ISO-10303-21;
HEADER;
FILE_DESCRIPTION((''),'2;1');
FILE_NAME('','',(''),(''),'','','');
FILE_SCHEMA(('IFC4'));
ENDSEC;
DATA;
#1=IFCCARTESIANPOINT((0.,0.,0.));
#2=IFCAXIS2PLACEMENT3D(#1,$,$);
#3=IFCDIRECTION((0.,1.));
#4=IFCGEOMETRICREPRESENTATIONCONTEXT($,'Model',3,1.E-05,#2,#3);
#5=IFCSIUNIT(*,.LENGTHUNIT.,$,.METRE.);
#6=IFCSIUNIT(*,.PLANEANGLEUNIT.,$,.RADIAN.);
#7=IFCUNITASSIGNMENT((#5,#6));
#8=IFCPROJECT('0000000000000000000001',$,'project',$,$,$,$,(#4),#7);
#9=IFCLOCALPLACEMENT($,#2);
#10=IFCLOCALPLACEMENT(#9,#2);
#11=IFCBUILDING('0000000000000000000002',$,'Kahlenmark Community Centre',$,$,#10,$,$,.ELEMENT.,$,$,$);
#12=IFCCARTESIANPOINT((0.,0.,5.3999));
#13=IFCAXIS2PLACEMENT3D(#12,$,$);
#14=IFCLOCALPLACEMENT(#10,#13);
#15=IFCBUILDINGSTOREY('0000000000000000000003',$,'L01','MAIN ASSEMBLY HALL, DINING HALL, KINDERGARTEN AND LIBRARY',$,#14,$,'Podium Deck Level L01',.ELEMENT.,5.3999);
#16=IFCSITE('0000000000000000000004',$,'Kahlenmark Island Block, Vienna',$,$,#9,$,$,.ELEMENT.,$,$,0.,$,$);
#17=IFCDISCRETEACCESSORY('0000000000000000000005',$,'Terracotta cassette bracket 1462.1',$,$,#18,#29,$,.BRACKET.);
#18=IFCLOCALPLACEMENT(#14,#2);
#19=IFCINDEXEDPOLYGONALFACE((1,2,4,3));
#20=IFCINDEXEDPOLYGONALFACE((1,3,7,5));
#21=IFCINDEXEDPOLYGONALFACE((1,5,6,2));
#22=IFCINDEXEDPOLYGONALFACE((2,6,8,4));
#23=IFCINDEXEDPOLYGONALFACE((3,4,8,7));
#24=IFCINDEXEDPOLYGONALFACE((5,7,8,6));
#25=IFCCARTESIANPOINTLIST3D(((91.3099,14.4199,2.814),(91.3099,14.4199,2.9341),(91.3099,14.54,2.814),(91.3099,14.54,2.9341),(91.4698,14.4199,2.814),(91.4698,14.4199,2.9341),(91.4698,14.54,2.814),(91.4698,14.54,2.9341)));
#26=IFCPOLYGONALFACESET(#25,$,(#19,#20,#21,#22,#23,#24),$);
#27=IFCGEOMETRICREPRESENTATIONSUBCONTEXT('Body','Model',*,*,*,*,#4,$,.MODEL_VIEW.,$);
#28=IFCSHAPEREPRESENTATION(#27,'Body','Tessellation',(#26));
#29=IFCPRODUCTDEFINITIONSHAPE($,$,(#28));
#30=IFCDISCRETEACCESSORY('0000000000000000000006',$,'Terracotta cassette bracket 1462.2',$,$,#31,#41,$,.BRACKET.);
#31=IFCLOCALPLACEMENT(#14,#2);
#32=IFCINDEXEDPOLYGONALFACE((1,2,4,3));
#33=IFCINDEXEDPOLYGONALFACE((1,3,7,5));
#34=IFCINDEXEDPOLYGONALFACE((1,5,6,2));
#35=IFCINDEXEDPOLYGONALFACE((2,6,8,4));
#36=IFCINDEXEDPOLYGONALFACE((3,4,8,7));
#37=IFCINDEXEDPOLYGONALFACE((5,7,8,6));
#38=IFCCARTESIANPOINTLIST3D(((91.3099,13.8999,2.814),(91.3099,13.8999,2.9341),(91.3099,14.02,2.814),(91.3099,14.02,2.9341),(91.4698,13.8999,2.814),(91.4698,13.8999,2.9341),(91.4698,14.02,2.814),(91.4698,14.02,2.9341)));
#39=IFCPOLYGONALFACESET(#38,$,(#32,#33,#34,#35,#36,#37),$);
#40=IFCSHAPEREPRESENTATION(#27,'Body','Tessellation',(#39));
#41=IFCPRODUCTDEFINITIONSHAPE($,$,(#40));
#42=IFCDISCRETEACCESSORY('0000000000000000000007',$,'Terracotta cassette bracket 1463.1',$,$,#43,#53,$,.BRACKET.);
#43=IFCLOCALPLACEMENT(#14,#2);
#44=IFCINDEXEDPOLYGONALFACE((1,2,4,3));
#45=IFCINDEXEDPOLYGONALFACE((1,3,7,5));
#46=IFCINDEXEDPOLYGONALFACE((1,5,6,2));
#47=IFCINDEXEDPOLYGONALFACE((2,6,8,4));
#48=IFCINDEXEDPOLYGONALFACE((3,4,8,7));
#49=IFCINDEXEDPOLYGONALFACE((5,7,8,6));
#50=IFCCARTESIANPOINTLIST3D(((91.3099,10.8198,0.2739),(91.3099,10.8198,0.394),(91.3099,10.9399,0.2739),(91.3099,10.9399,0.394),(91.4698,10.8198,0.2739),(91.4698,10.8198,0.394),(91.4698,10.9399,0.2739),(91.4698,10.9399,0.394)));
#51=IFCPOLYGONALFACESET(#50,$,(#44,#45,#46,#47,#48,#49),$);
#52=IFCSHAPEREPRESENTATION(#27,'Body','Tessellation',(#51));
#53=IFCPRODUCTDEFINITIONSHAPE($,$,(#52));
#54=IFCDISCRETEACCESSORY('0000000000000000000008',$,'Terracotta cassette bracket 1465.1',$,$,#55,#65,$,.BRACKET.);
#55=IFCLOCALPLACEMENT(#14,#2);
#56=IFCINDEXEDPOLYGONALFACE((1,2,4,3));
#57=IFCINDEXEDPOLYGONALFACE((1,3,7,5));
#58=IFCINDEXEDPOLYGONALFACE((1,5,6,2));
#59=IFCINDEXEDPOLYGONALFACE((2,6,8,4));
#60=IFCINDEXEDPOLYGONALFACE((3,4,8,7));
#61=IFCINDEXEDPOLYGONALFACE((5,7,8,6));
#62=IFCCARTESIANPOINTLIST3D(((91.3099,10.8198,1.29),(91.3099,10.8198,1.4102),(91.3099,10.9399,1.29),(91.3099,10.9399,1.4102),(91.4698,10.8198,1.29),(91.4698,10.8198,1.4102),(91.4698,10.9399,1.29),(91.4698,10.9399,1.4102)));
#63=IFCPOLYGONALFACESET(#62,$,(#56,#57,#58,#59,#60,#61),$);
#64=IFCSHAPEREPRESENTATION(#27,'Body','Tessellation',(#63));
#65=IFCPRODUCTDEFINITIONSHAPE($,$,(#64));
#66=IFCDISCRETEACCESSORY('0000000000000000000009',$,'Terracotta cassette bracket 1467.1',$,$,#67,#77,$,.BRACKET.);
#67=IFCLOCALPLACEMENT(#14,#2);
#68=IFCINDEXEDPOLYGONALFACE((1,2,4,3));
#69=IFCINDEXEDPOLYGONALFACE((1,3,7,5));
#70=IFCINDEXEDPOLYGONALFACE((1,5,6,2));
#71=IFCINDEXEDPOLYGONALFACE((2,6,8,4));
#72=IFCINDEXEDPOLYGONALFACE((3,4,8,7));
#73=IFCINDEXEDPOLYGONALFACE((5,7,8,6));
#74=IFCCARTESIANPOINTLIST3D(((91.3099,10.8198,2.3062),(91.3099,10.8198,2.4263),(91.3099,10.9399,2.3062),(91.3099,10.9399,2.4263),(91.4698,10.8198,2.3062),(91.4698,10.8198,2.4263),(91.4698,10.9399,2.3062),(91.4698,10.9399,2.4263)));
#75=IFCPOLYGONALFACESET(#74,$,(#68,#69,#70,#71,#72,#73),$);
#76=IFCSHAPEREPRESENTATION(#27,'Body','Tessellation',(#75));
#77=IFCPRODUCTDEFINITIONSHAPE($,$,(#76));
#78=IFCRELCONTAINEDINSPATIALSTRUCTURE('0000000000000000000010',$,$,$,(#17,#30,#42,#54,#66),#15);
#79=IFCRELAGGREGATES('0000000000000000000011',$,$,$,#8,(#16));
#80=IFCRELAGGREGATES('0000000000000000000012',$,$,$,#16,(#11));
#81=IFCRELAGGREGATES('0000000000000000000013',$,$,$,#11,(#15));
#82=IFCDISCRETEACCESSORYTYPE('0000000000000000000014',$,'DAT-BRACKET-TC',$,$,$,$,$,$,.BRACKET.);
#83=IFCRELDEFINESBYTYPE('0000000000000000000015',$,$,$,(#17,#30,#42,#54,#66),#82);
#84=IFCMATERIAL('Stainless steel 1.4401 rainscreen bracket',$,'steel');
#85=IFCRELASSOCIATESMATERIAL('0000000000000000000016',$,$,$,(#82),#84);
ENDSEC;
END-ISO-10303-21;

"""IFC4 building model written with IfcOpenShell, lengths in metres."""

from ifc_helpers import new_model, si_unit, direction, frame, origin, origin_2d, place, context, subcontext, project, spatial, rectangle, extrude, material, type_object, element, save


model = new_model("IFC4")

# Units and contexts
model_context = context("Model", 3, precision=1e-05, world=origin(), true_north=direction((0.0, 1.0)))
body_context = subcontext(model_context, "Body", "Model", "MODEL_VIEW")
ifc_project = project(units=[si_unit("LENGTHUNIT", "METRE"), si_unit("PLANEANGLEUNIT", "RADIAN")], contexts=[model_context])

# Site, building, storey
site_placement = place(None, origin())
site = spatial("IfcSite", under=ifc_project, at=site_placement, Name="Kahlenmark Island Block, Vienna", CompositionType="ELEMENT", RefElevation=0.0)
building_placement = place(site_placement, origin())
building = spatial("IfcBuilding", under=site, at=building_placement, Name="Kahlenmark Community Centre", CompositionType="ELEMENT")
storey_placement = place(building_placement, frame((0.0, 0.0, 5.3999)))
storey = spatial("IfcBuildingStorey", under=building, at=storey_placement, Name="L01", Description="MAIN ASSEMBLY HALL, DINING HALL, KINDERGARTEN AND LIBRARY", LongName="Podium Deck Level L01", CompositionType="ELEMENT", Elevation=5.3999)

# Discrete accessories
ifc_material_1 = material(Name="Stainless steel 1.4401 rainscreen bracket", Category="steel")
discrete_accessory_type = type_object("IfcDiscreteAccessoryType", Name="DAT-BRACKET-TC", PredefinedType="BRACKET", material=ifc_material_1)
for number, where, z_axis, x_axis, name in (
    (1, (91.3899, 14.48, 2.814), (0.0, 0.0, 1.0), (0.0, -1.0, 0.0), "Terracotta cassette bracket 1462.1"),
    (2, (91.3899, 13.96, 2.814), (0.0, 0.0, 1.0), (0.0, -1.0, 0.0), "Terracotta cassette bracket 1462.2"),
    (3, (91.3899, 10.8799, 0.2739), (0.0, 0.0, 1.0), (0.0, -1.0, 0.0), "Terracotta cassette bracket 1463.1"),
    (4, (91.3899, 10.8799, 1.29), (0.0, 0.0, 1.0), (0.0, -1.0, 0.0), "Terracotta cassette bracket 1465.1"),
    (5, (91.3899, 10.8799, 2.3062), (0.0, 0.0, 1.0), (0.0, -1.0, 0.0), "Terracotta cassette bracket 1467.1"),
):
    element("IfcDiscreteAccessory", number, at=place(storey_placement, frame(where, z_axis=z_axis, x_axis=x_axis)), inside=storey, type_object=discrete_accessory_type, Name=name, PredefinedType="BRACKET", context=body_context, shape_type="SweptSolid", body=[
        extrude(rectangle(XDim=0.1201, YDim=0.1599, at=origin_2d()), origin(), (0.0, 0.0, 1.0), 0.1201),
    ])

save(model, "model.ifc")
